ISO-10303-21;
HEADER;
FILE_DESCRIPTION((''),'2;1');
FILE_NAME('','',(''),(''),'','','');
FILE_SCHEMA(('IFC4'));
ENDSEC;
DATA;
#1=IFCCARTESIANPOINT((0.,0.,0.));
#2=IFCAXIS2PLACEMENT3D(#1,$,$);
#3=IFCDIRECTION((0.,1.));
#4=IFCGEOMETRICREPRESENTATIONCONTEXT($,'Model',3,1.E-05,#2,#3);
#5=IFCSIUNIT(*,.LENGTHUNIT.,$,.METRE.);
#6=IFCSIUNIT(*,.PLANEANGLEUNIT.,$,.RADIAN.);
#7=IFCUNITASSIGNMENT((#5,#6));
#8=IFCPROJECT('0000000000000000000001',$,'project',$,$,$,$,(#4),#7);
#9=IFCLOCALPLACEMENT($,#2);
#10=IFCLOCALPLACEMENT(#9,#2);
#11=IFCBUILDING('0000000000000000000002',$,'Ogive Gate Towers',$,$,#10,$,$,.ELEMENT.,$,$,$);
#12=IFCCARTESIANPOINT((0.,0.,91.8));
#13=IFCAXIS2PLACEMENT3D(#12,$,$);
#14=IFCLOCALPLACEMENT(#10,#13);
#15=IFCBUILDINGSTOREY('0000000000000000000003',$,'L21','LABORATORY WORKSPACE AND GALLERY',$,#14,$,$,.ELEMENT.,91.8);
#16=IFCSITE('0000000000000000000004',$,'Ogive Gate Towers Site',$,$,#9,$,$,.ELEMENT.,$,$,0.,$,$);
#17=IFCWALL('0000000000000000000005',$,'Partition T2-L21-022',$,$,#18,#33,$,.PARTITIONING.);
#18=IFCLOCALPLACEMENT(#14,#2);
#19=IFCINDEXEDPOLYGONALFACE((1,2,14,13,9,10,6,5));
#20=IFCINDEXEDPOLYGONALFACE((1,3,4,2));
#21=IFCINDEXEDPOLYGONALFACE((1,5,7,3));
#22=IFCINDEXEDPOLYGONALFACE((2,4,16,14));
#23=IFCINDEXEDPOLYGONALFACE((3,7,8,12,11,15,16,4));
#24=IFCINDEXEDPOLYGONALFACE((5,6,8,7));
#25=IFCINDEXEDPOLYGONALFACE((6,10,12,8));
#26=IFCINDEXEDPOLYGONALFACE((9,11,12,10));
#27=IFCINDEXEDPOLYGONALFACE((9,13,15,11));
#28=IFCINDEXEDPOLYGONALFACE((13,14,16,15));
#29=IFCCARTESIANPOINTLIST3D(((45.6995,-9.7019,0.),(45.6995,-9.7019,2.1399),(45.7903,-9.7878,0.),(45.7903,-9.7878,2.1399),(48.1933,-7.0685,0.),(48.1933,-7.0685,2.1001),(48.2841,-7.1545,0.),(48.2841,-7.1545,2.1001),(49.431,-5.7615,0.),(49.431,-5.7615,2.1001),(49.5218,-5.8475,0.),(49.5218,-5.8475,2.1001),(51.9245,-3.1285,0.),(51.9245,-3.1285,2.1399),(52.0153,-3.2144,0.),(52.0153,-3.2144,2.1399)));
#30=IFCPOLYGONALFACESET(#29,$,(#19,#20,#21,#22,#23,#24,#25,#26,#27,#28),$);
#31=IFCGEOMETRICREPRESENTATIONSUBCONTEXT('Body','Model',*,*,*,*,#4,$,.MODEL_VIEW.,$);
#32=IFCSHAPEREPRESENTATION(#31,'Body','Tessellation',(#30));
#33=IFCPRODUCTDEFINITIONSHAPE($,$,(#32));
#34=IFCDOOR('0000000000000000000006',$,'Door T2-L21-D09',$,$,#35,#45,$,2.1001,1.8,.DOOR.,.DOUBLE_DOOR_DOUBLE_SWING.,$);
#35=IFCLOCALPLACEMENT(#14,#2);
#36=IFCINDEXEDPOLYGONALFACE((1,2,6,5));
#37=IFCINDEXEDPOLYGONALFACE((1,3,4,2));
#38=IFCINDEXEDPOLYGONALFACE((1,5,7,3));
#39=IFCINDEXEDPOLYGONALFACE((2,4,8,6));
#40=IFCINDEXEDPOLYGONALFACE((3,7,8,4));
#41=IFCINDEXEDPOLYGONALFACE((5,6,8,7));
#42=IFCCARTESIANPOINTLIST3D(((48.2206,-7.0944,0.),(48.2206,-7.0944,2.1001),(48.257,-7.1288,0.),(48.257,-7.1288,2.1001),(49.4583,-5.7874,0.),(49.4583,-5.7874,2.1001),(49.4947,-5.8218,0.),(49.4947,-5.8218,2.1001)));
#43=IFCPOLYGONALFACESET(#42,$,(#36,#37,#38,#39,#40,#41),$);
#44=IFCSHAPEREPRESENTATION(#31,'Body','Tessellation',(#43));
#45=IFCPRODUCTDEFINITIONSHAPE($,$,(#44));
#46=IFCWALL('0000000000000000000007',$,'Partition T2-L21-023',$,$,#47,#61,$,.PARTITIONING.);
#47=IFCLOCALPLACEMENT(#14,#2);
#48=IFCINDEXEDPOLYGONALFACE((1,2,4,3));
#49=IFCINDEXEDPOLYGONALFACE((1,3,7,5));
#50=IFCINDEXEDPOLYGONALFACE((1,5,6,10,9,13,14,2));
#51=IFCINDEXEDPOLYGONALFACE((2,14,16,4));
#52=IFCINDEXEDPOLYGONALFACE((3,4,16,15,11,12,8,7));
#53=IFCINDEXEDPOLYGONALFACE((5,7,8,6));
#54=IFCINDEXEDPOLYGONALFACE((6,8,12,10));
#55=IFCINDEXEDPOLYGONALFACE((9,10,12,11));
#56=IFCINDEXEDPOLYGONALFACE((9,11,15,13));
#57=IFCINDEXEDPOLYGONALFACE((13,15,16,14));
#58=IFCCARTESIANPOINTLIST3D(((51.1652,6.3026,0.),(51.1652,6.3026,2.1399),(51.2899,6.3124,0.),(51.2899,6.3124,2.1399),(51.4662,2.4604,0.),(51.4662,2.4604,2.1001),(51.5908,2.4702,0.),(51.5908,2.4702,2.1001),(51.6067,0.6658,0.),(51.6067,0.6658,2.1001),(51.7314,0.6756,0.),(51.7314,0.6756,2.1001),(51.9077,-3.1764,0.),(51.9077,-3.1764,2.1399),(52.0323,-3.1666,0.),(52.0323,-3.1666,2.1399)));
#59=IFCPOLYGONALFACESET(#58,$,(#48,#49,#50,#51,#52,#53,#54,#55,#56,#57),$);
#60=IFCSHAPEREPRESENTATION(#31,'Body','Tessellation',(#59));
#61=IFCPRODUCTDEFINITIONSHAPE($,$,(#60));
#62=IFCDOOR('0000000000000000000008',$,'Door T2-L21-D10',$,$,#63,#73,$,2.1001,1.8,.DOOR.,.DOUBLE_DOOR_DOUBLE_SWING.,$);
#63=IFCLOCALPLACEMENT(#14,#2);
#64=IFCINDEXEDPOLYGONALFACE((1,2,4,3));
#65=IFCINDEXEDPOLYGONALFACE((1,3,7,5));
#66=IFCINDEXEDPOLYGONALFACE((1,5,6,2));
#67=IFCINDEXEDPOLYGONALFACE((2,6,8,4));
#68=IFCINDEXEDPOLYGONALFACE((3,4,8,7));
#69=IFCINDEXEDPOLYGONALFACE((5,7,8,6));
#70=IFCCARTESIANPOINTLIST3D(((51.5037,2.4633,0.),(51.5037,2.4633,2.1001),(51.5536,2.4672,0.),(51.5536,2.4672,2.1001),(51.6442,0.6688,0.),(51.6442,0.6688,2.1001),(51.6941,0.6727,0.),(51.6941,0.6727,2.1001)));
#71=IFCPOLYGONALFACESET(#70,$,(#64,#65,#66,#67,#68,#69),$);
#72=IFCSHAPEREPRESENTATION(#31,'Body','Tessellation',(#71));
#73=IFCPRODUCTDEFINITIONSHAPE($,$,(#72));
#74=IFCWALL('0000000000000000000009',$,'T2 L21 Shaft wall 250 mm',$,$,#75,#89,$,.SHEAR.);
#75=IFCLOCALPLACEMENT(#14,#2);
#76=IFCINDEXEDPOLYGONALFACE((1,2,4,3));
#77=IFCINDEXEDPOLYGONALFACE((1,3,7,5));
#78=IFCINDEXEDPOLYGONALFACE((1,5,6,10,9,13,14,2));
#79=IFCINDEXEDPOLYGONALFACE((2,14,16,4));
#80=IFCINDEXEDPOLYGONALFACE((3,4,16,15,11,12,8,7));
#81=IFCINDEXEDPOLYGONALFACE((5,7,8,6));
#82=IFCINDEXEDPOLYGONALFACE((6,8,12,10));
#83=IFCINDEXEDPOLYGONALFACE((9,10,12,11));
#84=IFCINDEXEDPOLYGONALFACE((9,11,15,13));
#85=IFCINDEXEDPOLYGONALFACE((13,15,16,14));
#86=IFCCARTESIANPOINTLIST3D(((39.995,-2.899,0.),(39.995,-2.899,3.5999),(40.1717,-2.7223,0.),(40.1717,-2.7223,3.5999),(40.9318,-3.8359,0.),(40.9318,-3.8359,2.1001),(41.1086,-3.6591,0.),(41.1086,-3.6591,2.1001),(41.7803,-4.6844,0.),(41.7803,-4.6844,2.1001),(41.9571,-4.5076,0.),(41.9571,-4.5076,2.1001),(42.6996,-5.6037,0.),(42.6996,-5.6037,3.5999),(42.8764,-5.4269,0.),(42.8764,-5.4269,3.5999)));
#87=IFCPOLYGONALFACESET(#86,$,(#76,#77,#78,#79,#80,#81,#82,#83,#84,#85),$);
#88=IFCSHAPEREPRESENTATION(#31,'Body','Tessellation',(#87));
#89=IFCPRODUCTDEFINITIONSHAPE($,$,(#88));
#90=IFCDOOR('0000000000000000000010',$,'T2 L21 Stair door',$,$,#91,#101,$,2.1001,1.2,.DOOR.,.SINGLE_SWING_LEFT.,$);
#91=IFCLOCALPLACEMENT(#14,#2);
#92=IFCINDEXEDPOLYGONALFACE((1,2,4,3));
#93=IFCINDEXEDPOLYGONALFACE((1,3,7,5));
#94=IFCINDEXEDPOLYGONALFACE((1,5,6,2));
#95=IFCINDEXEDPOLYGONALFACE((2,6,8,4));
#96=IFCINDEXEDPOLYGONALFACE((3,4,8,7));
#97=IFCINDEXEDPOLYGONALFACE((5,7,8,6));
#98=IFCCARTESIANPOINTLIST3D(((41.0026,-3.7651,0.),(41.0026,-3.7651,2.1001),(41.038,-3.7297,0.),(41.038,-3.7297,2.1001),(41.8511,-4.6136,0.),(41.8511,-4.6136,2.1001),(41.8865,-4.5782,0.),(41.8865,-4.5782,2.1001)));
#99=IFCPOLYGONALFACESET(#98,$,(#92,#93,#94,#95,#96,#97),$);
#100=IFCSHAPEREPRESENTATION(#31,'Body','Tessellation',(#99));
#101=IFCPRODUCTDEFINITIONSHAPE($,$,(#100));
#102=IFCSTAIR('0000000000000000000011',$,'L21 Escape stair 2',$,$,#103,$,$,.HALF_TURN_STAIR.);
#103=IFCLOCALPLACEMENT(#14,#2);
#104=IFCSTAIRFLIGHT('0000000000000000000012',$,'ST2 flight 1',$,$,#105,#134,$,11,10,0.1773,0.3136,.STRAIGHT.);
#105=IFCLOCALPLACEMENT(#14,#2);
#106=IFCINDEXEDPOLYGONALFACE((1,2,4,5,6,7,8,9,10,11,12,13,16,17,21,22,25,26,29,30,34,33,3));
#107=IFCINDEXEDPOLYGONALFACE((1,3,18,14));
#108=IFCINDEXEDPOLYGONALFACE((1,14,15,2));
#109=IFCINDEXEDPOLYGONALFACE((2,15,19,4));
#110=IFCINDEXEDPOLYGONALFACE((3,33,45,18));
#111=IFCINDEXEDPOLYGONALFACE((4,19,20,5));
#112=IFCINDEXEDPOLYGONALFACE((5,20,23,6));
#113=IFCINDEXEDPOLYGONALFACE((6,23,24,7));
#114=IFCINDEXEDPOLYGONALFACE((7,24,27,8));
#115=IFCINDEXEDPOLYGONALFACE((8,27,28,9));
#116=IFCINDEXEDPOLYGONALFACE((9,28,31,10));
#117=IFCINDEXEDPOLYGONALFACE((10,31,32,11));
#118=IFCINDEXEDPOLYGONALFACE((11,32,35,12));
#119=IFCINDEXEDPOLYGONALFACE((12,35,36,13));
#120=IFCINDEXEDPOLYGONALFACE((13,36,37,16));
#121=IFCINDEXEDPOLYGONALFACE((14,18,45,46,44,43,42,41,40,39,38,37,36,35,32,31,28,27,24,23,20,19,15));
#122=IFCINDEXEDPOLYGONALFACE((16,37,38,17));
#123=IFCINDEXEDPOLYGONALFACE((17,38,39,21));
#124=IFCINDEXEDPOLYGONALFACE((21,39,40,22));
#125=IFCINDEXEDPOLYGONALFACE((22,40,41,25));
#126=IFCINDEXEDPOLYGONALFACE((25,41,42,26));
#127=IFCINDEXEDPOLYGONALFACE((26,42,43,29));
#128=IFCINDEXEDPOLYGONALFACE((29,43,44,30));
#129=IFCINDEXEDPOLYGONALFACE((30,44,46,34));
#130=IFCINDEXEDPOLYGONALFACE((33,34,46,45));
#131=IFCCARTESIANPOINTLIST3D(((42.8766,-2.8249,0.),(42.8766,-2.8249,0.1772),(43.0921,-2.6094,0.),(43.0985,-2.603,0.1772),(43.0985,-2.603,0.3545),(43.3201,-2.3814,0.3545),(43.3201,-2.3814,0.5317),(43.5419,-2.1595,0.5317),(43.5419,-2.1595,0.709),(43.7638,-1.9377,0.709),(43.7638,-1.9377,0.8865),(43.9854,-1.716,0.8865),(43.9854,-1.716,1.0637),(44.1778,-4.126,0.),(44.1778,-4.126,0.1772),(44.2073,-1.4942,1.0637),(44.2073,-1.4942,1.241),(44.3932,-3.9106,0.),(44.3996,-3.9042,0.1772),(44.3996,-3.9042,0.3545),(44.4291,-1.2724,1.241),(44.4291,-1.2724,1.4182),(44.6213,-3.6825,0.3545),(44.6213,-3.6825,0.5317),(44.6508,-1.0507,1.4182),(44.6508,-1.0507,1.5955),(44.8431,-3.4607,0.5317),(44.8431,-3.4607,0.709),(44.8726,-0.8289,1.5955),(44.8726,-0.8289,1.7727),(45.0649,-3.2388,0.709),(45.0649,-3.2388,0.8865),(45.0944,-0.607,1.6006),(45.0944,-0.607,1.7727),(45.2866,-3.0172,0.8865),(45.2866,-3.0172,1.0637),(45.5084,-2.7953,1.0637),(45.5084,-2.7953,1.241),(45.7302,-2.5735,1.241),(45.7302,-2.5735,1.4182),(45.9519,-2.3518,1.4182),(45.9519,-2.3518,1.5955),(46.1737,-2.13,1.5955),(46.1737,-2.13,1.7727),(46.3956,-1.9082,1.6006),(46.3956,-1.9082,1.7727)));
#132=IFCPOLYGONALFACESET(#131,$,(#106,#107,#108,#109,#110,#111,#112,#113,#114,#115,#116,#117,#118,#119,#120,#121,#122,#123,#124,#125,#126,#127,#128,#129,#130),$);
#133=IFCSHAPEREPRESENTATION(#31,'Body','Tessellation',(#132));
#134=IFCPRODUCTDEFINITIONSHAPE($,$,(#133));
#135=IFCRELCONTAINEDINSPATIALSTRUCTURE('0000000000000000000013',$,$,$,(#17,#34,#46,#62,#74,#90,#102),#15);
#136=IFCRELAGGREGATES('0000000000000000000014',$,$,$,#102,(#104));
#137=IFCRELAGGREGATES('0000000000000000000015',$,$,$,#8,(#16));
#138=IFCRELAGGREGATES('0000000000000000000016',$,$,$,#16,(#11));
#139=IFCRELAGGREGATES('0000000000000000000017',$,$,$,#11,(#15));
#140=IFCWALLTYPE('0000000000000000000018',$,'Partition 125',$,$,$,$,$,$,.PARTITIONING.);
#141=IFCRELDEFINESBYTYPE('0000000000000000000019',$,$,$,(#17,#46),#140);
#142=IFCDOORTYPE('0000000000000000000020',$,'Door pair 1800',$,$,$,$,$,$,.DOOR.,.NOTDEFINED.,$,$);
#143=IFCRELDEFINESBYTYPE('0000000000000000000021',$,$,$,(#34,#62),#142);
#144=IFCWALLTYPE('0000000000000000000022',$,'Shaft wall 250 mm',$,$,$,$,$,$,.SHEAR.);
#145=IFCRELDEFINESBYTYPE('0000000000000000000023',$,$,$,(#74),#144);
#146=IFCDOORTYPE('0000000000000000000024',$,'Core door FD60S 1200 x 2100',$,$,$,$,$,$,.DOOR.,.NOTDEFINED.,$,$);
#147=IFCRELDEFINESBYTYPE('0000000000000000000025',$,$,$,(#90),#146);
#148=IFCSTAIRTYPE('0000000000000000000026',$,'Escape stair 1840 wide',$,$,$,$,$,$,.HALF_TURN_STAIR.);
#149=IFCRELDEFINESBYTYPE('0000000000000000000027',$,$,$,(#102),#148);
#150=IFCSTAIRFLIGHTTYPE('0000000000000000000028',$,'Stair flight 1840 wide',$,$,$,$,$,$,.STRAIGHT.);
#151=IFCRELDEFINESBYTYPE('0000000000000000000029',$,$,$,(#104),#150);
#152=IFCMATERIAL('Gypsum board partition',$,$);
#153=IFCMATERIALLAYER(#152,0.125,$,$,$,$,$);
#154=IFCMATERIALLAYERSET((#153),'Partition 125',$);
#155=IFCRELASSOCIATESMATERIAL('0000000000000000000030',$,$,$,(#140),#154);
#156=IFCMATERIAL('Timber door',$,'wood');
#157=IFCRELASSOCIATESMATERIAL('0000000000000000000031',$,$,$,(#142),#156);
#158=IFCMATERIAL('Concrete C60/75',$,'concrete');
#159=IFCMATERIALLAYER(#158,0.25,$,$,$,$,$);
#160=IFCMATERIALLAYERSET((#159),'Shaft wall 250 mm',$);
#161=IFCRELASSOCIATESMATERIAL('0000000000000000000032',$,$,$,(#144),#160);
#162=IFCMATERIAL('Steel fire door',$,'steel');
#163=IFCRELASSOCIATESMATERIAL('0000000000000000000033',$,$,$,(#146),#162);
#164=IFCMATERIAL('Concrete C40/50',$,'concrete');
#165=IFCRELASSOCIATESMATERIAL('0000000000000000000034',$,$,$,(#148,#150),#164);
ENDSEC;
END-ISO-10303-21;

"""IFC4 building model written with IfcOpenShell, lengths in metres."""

from ifc_helpers import new_model, si_unit, direction, frame, frame_2d, origin, place, context, subcontext, project, spatial, polyline, rectangle, outline, extrude, material, layer, layer_set, type_object, element, fill, aggregate, save


model = new_model("IFC4")

# Units and contexts
model_context = context("Model", 3, precision=1e-05, world=origin(), true_north=direction((0.0, 1.0)))
body_context = subcontext(model_context, "Body", "Model", "MODEL_VIEW")
ifc_project = project(units=[si_unit("LENGTHUNIT", "METRE"), si_unit("PLANEANGLEUNIT", "RADIAN")], contexts=[model_context])

# Site, building, storey
site_placement = place(None, origin())
site = spatial("IfcSite", under=ifc_project, at=site_placement, Name="Ogive Gate Towers Site", CompositionType="ELEMENT", RefElevation=0.0)
building_placement = place(site_placement, origin())
building = spatial("IfcBuilding", under=site, at=building_placement, Name="Ogive Gate Towers", CompositionType="ELEMENT")
storey_placement = place(building_placement, frame((0.0, 0.0, 91.8)))
storey = spatial("IfcBuildingStorey", under=building, at=storey_placement, Name="L21", Description="LABORATORY WORKSPACE AND GALLERY", CompositionType="ELEMENT", Elevation=91.8)

# Shared definitions
ifc_material_1 = material(Name="Gypsum board partition")
ifc_layer_1 = layer(ifc_material_1, 0.125)
ifc_layer_set_1 = layer_set([ifc_layer_1], Name="Partition 125")
wall_type_1 = type_object("IfcWallType", Name="Partition 125", PredefinedType="PARTITIONING", material=ifc_layer_set_1)

# Walls, openings, doors
wall_1_placement = place(storey_placement, frame((45.7449, -9.7449, 0.0), z_axis=(0.0, 0.0, 1.0), x_axis=(0.687604, 0.726086, 0.0)))
wall_1 = element("IfcWall", 1, at=wall_1_placement, inside=storey, type_object=wall_type_1, Name="Partition T2-L21-022", PredefinedType="PARTITIONING", context=body_context, shape_type="SweptSolid", body=[
    extrude(rectangle(XDim=9.0532, YDim=0.125, at=frame_2d((4.5266, 0.0))), origin(), (0.0, 0.0, 1.0), 2.1399),
])
opening_1_placement = place(wall_1_placement, frame((3.627, 0.0, 0.0)))
opening_1 = element("IfcOpeningElement", 2, at=opening_1_placement, cuts=wall_1, PredefinedType="OPENING", context=body_context, shape_type="SweptSolid", body=[
    extrude(rectangle(XDim=1.8, YDim=2.1001, at=frame_2d((0.8999, 1.05))), frame((0.0, 0.0725, 0.0), z_axis=(0.0, -1.0, 0.0), x_axis=(1.0, 0.0, 0.0)), (0.0, 0.0, 1.0), 0.145),
])
ifc_material_2 = material(Name="Timber door", Category="wood")
door_type_1 = type_object("IfcDoorType", Name="Door pair 1800", OperationType="NOTDEFINED", PredefinedType="DOOR", material=ifc_material_2)
door_1_placement = place(opening_1_placement, origin())
door_1 = element("IfcDoor", 3, at=door_1_placement, inside=storey, type_object=door_type_1, Name="Door T2-L21-D09", OperationType="DOUBLE_DOOR_DOUBLE_SWING", OverallHeight=2.1001, OverallWidth=1.8, PredefinedType="DOOR", context=body_context, shape_type="SweptSolid", body=[
    extrude(rectangle(XDim=1.8, YDim=2.1001, at=frame_2d((0.8999, 1.05))), frame((0.0, 0.0249, 0.0), z_axis=(0.0, -1.0, 0.0), x_axis=(1.0, 0.0, 0.0)), (0.0, 0.0, 1.0), 0.05),
])
fill(opening_1, door_1)
wall_2_placement = place(storey_placement, frame((51.97, -3.1714, 0.0), z_axis=(0.0, 0.0, 1.0), x_axis=(-0.078085, 0.996947, 0.0)))
wall_2 = element("IfcWall", 4, at=wall_2_placement, inside=storey, type_object=wall_type_1, Name="Partition T2-L21-023", PredefinedType="PARTITIONING", context=body_context, shape_type="SweptSolid", body=[
    extrude(rectangle(XDim=9.5081, YDim=0.125, at=frame_2d((4.7539, 0.0))), origin(), (0.0, 0.0, 1.0), 2.1399),
])
opening_2_placement = place(wall_2_placement, frame((3.854, 0.0, 0.0)))
opening_2 = element("IfcOpeningElement", 5, at=opening_2_placement, cuts=wall_2, PredefinedType="OPENING", context=body_context, shape_type="SweptSolid", body=[
    extrude(rectangle(XDim=1.8, YDim=2.1001, at=frame_2d((0.8999, 1.05))), frame((0.0, 0.0725, 0.0), z_axis=(0.0, -1.0, 0.0), x_axis=(1.0, 0.0, 0.0)), (0.0, 0.0, 1.0), 0.145),
])
door_2_placement = place(opening_2_placement, origin())
door_2 = element("IfcDoor", 6, at=door_2_placement, inside=storey, type_object=door_type_1, Name="Door T2-L21-D10", OperationType="DOUBLE_DOOR_DOUBLE_SWING", OverallHeight=2.1001, OverallWidth=1.8, PredefinedType="DOOR", context=body_context, shape_type="SweptSolid", body=[
    extrude(rectangle(XDim=1.8, YDim=2.1001, at=frame_2d((0.8999, 1.05))), frame((0.0, 0.0249, 0.0), z_axis=(0.0, -1.0, 0.0), x_axis=(1.0, 0.0, 0.0)), (0.0, 0.0, 1.0), 0.05),
])
fill(opening_2, door_2)
ifc_material_3 = material(Name="Concrete C60/75", Category="concrete")
ifc_layer_2 = layer(ifc_material_3, 0.25)
ifc_layer_set_2 = layer_set([ifc_layer_2], Name="Shaft wall 250 mm")
wall_type_2 = type_object("IfcWallType", Name="Shaft wall 250 mm", PredefinedType="SHEAR", material=ifc_layer_set_2)
wall_3_placement = place(storey_placement, frame((42.7881, -5.5154, 0.0), z_axis=(0.0, 0.0, 1.0), x_axis=(-0.707107, 0.707107, 0.0)))
wall_3 = element("IfcWall", 7, at=wall_3_placement, inside=storey, type_object=wall_type_2, Name="T2 L21 Shaft wall 250 mm", PredefinedType="SHEAR", context=body_context, shape_type="SweptSolid", body=[
    extrude(rectangle(XDim=3.825, YDim=0.25, at=frame_2d((1.9126, 0.0))), origin(), (0.0, 0.0, 1.0), 3.5999),
])
opening_3_placement = place(wall_3_placement, frame((1.3, 0.0, 0.0)))
opening_3 = element("IfcOpeningElement", 8, at=opening_3_placement, cuts=wall_3, PredefinedType="OPENING", context=body_context, shape_type="SweptSolid", body=[
    extrude(rectangle(XDim=1.2, YDim=2.1001, at=frame_2d((0.6001, 1.05))), frame((0.0, 0.135, 0.0), z_axis=(0.0, -1.0, 0.0), x_axis=(1.0, 0.0, 0.0)), (0.0, 0.0, 1.0), 0.27),
])
ifc_material_4 = material(Name="Steel fire door", Category="steel")
door_type_2 = type_object("IfcDoorType", Name="Core door FD60S 1200 x 2100", OperationType="NOTDEFINED", PredefinedType="DOOR", material=ifc_material_4)
door_3_placement = place(opening_3_placement, origin())
door_3 = element("IfcDoor", 9, at=door_3_placement, inside=storey, type_object=door_type_2, Name="T2 L21 Stair door", OperationType="SINGLE_SWING_LEFT", OverallHeight=2.1001, OverallWidth=1.2, PredefinedType="DOOR", context=body_context, shape_type="SweptSolid", body=[
    extrude(rectangle(XDim=1.2, YDim=2.1001, at=frame_2d((0.6001, 1.05))), frame((0.0, 0.0249, 0.0), z_axis=(0.0, -1.0, 0.0), x_axis=(1.0, 0.0, 0.0)), (0.0, 0.0, 1.0), 0.05),
])
fill(opening_3, door_3)

# Stair, stair flight
ifc_material_5 = material(Name="Concrete C40/50", Category="concrete")
stair_type = type_object("IfcStairType", Name="Escape stair 1840 wide", PredefinedType="HALF_TURN_STAIR", material=ifc_material_5)
stair_placement = place(storey_placement, origin())
stair = element("IfcStair", 10, at=stair_placement, inside=storey, type_object=stair_type, Name="L21 Escape stair 2", PredefinedType="HALF_TURN_STAIR")
stair_flight_type = type_object("IfcStairFlightType", Name="Stair flight 1840 wide", PredefinedType="STRAIGHT", material=ifc_material_5)
stair_flight_placement = place(storey_placement, frame((43.5271, -3.4753, 0.0), z_axis=(0.0, 0.0, 1.0), x_axis=(0.707107, 0.707107, 0.0)))
stair_flight = element("IfcStairFlight", 11, at=stair_flight_placement, type_object=stair_flight_type, Name="ST2 flight 1", NumberOfRisers=11, NumberOfTreads=10, PredefinedType="STRAIGHT", RiserHeight=0.1773, TreadLength=0.3136, context=body_context, shape_type="SweptSolid", body=[
    extrude(outline(polyline([(0.0, 0.0), (0.0, 0.1772), (0.3137, 0.1772), (0.3137, 0.3545), (0.6272, 0.3545), (0.6272, 0.5317), (0.9409, 0.5317), (0.9409, 0.709), (1.2546, 0.709), (1.2546, 0.8865), (1.5681, 0.8865), (1.5681, 1.0637), (1.8818, 1.0637), (1.8818, 1.241), (2.1956, 1.241), (2.1956, 1.4182), (2.509, 1.4182), (2.509, 1.5955), (2.8228, 1.5955), (2.8228, 1.7727), (3.1365, 1.7727), (3.1365, 1.95), (3.1365, 1.6006), (0.3047, 0.0), (0.0, 0.0)])), frame((0.0, 0.9199, 0.0), z_axis=(0.0, -1.0, 0.0), x_axis=(1.0, 0.0, 0.0)), (0.0, 0.0, 1.0), 1.8401),
])
aggregate(stair, [stair_flight])

save(model, "model.ifc")
